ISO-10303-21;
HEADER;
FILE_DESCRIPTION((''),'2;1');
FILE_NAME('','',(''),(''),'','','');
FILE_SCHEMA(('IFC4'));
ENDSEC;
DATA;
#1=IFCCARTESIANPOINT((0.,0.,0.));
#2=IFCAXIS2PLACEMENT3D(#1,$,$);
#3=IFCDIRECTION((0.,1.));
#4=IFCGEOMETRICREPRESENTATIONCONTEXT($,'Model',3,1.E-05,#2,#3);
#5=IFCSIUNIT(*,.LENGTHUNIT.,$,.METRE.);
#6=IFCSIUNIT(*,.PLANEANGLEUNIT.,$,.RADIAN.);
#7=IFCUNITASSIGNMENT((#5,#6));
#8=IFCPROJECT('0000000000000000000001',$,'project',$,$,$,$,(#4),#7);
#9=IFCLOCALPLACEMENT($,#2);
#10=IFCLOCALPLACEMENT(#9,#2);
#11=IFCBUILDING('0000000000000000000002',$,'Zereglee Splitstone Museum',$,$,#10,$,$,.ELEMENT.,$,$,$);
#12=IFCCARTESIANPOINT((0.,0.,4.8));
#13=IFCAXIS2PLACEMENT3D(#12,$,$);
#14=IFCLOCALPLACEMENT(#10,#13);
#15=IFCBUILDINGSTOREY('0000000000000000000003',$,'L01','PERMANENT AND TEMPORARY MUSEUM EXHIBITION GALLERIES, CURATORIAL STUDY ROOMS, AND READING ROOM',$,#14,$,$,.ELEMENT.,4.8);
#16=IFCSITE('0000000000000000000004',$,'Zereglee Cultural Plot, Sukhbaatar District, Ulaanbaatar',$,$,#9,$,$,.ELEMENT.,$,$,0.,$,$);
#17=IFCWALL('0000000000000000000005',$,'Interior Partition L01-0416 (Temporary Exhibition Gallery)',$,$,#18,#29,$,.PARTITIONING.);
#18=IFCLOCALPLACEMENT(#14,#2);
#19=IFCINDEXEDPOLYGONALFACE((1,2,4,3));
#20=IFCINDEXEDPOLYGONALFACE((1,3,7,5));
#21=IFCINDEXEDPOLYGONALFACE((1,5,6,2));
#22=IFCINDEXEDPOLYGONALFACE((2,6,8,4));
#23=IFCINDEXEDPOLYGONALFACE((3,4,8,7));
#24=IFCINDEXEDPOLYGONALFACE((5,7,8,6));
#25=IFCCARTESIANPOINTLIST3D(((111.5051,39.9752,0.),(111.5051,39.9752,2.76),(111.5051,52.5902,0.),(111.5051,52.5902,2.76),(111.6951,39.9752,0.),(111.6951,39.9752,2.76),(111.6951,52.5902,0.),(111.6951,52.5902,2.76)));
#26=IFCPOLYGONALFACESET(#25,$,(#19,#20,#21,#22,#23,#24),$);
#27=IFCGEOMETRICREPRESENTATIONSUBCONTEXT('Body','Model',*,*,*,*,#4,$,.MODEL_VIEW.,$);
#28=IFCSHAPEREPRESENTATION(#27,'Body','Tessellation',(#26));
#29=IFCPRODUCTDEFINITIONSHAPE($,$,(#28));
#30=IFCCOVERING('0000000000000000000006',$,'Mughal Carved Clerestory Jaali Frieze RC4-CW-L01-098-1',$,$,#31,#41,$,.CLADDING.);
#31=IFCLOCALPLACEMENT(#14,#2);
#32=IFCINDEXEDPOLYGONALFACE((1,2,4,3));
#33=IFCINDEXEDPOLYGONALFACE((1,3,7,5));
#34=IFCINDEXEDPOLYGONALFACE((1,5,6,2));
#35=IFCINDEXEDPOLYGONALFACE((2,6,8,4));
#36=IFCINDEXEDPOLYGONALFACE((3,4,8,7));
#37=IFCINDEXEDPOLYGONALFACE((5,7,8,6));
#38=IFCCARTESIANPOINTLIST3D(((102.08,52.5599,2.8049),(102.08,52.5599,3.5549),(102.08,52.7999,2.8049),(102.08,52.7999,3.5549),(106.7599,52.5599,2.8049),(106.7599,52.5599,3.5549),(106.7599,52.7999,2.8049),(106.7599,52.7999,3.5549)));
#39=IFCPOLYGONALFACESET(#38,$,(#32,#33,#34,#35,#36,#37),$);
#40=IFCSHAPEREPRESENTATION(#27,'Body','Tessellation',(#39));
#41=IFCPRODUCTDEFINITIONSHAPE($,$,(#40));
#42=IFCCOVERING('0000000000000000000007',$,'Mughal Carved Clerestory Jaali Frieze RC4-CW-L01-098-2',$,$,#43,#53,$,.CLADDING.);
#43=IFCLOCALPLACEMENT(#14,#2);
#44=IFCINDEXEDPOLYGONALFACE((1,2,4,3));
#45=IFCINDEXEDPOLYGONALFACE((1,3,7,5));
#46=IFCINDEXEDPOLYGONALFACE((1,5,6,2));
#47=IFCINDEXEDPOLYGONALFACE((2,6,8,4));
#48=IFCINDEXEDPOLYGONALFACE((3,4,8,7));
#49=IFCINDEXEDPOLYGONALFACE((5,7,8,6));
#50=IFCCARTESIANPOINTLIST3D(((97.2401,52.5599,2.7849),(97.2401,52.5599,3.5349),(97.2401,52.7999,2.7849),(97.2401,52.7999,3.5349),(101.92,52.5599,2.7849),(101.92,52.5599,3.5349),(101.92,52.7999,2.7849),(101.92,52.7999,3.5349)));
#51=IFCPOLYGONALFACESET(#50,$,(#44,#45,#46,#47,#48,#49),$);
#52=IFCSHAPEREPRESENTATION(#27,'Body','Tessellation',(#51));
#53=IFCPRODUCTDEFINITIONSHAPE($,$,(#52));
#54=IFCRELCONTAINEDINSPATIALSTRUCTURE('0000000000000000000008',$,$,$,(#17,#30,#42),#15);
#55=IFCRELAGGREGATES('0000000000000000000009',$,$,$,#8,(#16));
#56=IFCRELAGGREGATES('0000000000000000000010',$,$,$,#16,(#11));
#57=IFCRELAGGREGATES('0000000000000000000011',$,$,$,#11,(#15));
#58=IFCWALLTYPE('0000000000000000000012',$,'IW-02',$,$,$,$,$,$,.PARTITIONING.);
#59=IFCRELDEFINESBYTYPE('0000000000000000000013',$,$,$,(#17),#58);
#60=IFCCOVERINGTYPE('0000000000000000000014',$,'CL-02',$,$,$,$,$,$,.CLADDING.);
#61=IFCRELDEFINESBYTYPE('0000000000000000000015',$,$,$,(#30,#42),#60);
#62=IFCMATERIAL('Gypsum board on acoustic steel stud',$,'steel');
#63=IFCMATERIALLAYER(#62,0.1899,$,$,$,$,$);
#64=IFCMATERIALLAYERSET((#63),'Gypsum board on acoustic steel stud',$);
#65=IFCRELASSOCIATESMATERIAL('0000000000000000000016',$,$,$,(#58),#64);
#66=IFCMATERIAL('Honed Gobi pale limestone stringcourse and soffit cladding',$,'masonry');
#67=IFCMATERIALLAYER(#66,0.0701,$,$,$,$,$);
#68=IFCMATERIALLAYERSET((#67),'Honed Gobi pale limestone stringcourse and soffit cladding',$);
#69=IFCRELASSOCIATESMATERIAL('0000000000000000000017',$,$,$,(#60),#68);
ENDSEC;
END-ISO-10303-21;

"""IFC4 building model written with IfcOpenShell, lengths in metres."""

from ifc_helpers import new_model, si_unit, direction, frame, frame_2d, origin, origin_2d, place, context, subcontext, project, spatial, rectangle, extrude, material, layer, layer_set, type_object, element, save


model = new_model("IFC4")

# Units and contexts
model_context = context("Model", 3, precision=1e-05, world=origin(), true_north=direction((0.0, 1.0)))
body_context = subcontext(model_context, "Body", "Model", "MODEL_VIEW")
ifc_project = project(units=[si_unit("LENGTHUNIT", "METRE"), si_unit("PLANEANGLEUNIT", "RADIAN")], contexts=[model_context])

# Site, building, storey
site_placement = place(None, origin())
site = spatial("IfcSite", under=ifc_project, at=site_placement, Name="Zereglee Cultural Plot, Sukhbaatar District, Ulaanbaatar", CompositionType="ELEMENT", RefElevation=0.0)
building_placement = place(site_placement, origin())
building = spatial("IfcBuilding", under=site, at=building_placement, Name="Zereglee Splitstone Museum", CompositionType="ELEMENT")
storey_placement = place(building_placement, frame((0.0, 0.0, 4.8)))
storey = spatial("IfcBuildingStorey", under=building, at=storey_placement, Name="L01", Description="PERMANENT AND TEMPORARY MUSEUM EXHIBITION GALLERIES, CURATORIAL STUDY ROOMS, AND READING ROOM", CompositionType="ELEMENT", Elevation=4.8)

# Wall
ifc_material_1 = material(Name="Gypsum board on acoustic steel stud", Category="steel")
ifc_layer_1 = layer(ifc_material_1, 0.1899)
ifc_layer_set_1 = layer_set([ifc_layer_1], Name="Gypsum board on acoustic steel stud")
wall_type = type_object("IfcWallType", Name="IW-02", PredefinedType="PARTITIONING", material=ifc_layer_set_1)
wall_placement = place(storey_placement, frame((111.6001, 39.9751, 0.0), z_axis=(0.0, 0.0, 1.0), x_axis=(0.0, 1.0, 0.0)))
element("IfcWall", 1, at=wall_placement, inside=storey, type_object=wall_type, Name="Interior Partition L01-0416 (Temporary Exhibition Gallery)", PredefinedType="PARTITIONING", context=body_context, shape_type="SweptSolid", body=[
    extrude(rectangle(XDim=12.615, YDim=0.1899, at=frame_2d((6.3076, 0.0))), origin(), (0.0, 0.0, 1.0), 2.76),
])

# Coverings
ifc_material_2 = material(Name="Honed Gobi pale limestone stringcourse and soffit cladding", Category="masonry")
ifc_layer_2 = layer(ifc_material_2, 0.0701)
ifc_layer_set_2 = layer_set([ifc_layer_2], Name="Honed Gobi pale limestone stringcourse and soffit cladding")
covering_type = type_object("IfcCoveringType", Name="CL-02", PredefinedType="CLADDING", material=ifc_layer_set_2)
for number, where, z_axis, x_axis, name in (
    (2, (104.4199, 52.6799, 2.8049), (0.0, 0.0, 1.0), (-1.0, 0.0, 0.0), "Mughal Carved Clerestory Jaali Frieze RC4-CW-L01-098-1"),
    (3, (99.5801, 52.6799, 2.7849), (0.0, 0.0, 1.0), (-1.0, 0.0, 0.0), "Mughal Carved Clerestory Jaali Frieze RC4-CW-L01-098-2"),
):
    element("IfcCovering", number, at=place(storey_placement, frame(where, z_axis=z_axis, x_axis=x_axis)), inside=storey, type_object=covering_type, Name=name, PredefinedType="CLADDING", context=body_context, shape_type="SweptSolid", body=[
        extrude(rectangle(XDim=4.6799, YDim=0.24, at=origin_2d()), origin(), (0.0, 0.0, 1.0), 0.75),
    ])

save(model, "model.ifc")
